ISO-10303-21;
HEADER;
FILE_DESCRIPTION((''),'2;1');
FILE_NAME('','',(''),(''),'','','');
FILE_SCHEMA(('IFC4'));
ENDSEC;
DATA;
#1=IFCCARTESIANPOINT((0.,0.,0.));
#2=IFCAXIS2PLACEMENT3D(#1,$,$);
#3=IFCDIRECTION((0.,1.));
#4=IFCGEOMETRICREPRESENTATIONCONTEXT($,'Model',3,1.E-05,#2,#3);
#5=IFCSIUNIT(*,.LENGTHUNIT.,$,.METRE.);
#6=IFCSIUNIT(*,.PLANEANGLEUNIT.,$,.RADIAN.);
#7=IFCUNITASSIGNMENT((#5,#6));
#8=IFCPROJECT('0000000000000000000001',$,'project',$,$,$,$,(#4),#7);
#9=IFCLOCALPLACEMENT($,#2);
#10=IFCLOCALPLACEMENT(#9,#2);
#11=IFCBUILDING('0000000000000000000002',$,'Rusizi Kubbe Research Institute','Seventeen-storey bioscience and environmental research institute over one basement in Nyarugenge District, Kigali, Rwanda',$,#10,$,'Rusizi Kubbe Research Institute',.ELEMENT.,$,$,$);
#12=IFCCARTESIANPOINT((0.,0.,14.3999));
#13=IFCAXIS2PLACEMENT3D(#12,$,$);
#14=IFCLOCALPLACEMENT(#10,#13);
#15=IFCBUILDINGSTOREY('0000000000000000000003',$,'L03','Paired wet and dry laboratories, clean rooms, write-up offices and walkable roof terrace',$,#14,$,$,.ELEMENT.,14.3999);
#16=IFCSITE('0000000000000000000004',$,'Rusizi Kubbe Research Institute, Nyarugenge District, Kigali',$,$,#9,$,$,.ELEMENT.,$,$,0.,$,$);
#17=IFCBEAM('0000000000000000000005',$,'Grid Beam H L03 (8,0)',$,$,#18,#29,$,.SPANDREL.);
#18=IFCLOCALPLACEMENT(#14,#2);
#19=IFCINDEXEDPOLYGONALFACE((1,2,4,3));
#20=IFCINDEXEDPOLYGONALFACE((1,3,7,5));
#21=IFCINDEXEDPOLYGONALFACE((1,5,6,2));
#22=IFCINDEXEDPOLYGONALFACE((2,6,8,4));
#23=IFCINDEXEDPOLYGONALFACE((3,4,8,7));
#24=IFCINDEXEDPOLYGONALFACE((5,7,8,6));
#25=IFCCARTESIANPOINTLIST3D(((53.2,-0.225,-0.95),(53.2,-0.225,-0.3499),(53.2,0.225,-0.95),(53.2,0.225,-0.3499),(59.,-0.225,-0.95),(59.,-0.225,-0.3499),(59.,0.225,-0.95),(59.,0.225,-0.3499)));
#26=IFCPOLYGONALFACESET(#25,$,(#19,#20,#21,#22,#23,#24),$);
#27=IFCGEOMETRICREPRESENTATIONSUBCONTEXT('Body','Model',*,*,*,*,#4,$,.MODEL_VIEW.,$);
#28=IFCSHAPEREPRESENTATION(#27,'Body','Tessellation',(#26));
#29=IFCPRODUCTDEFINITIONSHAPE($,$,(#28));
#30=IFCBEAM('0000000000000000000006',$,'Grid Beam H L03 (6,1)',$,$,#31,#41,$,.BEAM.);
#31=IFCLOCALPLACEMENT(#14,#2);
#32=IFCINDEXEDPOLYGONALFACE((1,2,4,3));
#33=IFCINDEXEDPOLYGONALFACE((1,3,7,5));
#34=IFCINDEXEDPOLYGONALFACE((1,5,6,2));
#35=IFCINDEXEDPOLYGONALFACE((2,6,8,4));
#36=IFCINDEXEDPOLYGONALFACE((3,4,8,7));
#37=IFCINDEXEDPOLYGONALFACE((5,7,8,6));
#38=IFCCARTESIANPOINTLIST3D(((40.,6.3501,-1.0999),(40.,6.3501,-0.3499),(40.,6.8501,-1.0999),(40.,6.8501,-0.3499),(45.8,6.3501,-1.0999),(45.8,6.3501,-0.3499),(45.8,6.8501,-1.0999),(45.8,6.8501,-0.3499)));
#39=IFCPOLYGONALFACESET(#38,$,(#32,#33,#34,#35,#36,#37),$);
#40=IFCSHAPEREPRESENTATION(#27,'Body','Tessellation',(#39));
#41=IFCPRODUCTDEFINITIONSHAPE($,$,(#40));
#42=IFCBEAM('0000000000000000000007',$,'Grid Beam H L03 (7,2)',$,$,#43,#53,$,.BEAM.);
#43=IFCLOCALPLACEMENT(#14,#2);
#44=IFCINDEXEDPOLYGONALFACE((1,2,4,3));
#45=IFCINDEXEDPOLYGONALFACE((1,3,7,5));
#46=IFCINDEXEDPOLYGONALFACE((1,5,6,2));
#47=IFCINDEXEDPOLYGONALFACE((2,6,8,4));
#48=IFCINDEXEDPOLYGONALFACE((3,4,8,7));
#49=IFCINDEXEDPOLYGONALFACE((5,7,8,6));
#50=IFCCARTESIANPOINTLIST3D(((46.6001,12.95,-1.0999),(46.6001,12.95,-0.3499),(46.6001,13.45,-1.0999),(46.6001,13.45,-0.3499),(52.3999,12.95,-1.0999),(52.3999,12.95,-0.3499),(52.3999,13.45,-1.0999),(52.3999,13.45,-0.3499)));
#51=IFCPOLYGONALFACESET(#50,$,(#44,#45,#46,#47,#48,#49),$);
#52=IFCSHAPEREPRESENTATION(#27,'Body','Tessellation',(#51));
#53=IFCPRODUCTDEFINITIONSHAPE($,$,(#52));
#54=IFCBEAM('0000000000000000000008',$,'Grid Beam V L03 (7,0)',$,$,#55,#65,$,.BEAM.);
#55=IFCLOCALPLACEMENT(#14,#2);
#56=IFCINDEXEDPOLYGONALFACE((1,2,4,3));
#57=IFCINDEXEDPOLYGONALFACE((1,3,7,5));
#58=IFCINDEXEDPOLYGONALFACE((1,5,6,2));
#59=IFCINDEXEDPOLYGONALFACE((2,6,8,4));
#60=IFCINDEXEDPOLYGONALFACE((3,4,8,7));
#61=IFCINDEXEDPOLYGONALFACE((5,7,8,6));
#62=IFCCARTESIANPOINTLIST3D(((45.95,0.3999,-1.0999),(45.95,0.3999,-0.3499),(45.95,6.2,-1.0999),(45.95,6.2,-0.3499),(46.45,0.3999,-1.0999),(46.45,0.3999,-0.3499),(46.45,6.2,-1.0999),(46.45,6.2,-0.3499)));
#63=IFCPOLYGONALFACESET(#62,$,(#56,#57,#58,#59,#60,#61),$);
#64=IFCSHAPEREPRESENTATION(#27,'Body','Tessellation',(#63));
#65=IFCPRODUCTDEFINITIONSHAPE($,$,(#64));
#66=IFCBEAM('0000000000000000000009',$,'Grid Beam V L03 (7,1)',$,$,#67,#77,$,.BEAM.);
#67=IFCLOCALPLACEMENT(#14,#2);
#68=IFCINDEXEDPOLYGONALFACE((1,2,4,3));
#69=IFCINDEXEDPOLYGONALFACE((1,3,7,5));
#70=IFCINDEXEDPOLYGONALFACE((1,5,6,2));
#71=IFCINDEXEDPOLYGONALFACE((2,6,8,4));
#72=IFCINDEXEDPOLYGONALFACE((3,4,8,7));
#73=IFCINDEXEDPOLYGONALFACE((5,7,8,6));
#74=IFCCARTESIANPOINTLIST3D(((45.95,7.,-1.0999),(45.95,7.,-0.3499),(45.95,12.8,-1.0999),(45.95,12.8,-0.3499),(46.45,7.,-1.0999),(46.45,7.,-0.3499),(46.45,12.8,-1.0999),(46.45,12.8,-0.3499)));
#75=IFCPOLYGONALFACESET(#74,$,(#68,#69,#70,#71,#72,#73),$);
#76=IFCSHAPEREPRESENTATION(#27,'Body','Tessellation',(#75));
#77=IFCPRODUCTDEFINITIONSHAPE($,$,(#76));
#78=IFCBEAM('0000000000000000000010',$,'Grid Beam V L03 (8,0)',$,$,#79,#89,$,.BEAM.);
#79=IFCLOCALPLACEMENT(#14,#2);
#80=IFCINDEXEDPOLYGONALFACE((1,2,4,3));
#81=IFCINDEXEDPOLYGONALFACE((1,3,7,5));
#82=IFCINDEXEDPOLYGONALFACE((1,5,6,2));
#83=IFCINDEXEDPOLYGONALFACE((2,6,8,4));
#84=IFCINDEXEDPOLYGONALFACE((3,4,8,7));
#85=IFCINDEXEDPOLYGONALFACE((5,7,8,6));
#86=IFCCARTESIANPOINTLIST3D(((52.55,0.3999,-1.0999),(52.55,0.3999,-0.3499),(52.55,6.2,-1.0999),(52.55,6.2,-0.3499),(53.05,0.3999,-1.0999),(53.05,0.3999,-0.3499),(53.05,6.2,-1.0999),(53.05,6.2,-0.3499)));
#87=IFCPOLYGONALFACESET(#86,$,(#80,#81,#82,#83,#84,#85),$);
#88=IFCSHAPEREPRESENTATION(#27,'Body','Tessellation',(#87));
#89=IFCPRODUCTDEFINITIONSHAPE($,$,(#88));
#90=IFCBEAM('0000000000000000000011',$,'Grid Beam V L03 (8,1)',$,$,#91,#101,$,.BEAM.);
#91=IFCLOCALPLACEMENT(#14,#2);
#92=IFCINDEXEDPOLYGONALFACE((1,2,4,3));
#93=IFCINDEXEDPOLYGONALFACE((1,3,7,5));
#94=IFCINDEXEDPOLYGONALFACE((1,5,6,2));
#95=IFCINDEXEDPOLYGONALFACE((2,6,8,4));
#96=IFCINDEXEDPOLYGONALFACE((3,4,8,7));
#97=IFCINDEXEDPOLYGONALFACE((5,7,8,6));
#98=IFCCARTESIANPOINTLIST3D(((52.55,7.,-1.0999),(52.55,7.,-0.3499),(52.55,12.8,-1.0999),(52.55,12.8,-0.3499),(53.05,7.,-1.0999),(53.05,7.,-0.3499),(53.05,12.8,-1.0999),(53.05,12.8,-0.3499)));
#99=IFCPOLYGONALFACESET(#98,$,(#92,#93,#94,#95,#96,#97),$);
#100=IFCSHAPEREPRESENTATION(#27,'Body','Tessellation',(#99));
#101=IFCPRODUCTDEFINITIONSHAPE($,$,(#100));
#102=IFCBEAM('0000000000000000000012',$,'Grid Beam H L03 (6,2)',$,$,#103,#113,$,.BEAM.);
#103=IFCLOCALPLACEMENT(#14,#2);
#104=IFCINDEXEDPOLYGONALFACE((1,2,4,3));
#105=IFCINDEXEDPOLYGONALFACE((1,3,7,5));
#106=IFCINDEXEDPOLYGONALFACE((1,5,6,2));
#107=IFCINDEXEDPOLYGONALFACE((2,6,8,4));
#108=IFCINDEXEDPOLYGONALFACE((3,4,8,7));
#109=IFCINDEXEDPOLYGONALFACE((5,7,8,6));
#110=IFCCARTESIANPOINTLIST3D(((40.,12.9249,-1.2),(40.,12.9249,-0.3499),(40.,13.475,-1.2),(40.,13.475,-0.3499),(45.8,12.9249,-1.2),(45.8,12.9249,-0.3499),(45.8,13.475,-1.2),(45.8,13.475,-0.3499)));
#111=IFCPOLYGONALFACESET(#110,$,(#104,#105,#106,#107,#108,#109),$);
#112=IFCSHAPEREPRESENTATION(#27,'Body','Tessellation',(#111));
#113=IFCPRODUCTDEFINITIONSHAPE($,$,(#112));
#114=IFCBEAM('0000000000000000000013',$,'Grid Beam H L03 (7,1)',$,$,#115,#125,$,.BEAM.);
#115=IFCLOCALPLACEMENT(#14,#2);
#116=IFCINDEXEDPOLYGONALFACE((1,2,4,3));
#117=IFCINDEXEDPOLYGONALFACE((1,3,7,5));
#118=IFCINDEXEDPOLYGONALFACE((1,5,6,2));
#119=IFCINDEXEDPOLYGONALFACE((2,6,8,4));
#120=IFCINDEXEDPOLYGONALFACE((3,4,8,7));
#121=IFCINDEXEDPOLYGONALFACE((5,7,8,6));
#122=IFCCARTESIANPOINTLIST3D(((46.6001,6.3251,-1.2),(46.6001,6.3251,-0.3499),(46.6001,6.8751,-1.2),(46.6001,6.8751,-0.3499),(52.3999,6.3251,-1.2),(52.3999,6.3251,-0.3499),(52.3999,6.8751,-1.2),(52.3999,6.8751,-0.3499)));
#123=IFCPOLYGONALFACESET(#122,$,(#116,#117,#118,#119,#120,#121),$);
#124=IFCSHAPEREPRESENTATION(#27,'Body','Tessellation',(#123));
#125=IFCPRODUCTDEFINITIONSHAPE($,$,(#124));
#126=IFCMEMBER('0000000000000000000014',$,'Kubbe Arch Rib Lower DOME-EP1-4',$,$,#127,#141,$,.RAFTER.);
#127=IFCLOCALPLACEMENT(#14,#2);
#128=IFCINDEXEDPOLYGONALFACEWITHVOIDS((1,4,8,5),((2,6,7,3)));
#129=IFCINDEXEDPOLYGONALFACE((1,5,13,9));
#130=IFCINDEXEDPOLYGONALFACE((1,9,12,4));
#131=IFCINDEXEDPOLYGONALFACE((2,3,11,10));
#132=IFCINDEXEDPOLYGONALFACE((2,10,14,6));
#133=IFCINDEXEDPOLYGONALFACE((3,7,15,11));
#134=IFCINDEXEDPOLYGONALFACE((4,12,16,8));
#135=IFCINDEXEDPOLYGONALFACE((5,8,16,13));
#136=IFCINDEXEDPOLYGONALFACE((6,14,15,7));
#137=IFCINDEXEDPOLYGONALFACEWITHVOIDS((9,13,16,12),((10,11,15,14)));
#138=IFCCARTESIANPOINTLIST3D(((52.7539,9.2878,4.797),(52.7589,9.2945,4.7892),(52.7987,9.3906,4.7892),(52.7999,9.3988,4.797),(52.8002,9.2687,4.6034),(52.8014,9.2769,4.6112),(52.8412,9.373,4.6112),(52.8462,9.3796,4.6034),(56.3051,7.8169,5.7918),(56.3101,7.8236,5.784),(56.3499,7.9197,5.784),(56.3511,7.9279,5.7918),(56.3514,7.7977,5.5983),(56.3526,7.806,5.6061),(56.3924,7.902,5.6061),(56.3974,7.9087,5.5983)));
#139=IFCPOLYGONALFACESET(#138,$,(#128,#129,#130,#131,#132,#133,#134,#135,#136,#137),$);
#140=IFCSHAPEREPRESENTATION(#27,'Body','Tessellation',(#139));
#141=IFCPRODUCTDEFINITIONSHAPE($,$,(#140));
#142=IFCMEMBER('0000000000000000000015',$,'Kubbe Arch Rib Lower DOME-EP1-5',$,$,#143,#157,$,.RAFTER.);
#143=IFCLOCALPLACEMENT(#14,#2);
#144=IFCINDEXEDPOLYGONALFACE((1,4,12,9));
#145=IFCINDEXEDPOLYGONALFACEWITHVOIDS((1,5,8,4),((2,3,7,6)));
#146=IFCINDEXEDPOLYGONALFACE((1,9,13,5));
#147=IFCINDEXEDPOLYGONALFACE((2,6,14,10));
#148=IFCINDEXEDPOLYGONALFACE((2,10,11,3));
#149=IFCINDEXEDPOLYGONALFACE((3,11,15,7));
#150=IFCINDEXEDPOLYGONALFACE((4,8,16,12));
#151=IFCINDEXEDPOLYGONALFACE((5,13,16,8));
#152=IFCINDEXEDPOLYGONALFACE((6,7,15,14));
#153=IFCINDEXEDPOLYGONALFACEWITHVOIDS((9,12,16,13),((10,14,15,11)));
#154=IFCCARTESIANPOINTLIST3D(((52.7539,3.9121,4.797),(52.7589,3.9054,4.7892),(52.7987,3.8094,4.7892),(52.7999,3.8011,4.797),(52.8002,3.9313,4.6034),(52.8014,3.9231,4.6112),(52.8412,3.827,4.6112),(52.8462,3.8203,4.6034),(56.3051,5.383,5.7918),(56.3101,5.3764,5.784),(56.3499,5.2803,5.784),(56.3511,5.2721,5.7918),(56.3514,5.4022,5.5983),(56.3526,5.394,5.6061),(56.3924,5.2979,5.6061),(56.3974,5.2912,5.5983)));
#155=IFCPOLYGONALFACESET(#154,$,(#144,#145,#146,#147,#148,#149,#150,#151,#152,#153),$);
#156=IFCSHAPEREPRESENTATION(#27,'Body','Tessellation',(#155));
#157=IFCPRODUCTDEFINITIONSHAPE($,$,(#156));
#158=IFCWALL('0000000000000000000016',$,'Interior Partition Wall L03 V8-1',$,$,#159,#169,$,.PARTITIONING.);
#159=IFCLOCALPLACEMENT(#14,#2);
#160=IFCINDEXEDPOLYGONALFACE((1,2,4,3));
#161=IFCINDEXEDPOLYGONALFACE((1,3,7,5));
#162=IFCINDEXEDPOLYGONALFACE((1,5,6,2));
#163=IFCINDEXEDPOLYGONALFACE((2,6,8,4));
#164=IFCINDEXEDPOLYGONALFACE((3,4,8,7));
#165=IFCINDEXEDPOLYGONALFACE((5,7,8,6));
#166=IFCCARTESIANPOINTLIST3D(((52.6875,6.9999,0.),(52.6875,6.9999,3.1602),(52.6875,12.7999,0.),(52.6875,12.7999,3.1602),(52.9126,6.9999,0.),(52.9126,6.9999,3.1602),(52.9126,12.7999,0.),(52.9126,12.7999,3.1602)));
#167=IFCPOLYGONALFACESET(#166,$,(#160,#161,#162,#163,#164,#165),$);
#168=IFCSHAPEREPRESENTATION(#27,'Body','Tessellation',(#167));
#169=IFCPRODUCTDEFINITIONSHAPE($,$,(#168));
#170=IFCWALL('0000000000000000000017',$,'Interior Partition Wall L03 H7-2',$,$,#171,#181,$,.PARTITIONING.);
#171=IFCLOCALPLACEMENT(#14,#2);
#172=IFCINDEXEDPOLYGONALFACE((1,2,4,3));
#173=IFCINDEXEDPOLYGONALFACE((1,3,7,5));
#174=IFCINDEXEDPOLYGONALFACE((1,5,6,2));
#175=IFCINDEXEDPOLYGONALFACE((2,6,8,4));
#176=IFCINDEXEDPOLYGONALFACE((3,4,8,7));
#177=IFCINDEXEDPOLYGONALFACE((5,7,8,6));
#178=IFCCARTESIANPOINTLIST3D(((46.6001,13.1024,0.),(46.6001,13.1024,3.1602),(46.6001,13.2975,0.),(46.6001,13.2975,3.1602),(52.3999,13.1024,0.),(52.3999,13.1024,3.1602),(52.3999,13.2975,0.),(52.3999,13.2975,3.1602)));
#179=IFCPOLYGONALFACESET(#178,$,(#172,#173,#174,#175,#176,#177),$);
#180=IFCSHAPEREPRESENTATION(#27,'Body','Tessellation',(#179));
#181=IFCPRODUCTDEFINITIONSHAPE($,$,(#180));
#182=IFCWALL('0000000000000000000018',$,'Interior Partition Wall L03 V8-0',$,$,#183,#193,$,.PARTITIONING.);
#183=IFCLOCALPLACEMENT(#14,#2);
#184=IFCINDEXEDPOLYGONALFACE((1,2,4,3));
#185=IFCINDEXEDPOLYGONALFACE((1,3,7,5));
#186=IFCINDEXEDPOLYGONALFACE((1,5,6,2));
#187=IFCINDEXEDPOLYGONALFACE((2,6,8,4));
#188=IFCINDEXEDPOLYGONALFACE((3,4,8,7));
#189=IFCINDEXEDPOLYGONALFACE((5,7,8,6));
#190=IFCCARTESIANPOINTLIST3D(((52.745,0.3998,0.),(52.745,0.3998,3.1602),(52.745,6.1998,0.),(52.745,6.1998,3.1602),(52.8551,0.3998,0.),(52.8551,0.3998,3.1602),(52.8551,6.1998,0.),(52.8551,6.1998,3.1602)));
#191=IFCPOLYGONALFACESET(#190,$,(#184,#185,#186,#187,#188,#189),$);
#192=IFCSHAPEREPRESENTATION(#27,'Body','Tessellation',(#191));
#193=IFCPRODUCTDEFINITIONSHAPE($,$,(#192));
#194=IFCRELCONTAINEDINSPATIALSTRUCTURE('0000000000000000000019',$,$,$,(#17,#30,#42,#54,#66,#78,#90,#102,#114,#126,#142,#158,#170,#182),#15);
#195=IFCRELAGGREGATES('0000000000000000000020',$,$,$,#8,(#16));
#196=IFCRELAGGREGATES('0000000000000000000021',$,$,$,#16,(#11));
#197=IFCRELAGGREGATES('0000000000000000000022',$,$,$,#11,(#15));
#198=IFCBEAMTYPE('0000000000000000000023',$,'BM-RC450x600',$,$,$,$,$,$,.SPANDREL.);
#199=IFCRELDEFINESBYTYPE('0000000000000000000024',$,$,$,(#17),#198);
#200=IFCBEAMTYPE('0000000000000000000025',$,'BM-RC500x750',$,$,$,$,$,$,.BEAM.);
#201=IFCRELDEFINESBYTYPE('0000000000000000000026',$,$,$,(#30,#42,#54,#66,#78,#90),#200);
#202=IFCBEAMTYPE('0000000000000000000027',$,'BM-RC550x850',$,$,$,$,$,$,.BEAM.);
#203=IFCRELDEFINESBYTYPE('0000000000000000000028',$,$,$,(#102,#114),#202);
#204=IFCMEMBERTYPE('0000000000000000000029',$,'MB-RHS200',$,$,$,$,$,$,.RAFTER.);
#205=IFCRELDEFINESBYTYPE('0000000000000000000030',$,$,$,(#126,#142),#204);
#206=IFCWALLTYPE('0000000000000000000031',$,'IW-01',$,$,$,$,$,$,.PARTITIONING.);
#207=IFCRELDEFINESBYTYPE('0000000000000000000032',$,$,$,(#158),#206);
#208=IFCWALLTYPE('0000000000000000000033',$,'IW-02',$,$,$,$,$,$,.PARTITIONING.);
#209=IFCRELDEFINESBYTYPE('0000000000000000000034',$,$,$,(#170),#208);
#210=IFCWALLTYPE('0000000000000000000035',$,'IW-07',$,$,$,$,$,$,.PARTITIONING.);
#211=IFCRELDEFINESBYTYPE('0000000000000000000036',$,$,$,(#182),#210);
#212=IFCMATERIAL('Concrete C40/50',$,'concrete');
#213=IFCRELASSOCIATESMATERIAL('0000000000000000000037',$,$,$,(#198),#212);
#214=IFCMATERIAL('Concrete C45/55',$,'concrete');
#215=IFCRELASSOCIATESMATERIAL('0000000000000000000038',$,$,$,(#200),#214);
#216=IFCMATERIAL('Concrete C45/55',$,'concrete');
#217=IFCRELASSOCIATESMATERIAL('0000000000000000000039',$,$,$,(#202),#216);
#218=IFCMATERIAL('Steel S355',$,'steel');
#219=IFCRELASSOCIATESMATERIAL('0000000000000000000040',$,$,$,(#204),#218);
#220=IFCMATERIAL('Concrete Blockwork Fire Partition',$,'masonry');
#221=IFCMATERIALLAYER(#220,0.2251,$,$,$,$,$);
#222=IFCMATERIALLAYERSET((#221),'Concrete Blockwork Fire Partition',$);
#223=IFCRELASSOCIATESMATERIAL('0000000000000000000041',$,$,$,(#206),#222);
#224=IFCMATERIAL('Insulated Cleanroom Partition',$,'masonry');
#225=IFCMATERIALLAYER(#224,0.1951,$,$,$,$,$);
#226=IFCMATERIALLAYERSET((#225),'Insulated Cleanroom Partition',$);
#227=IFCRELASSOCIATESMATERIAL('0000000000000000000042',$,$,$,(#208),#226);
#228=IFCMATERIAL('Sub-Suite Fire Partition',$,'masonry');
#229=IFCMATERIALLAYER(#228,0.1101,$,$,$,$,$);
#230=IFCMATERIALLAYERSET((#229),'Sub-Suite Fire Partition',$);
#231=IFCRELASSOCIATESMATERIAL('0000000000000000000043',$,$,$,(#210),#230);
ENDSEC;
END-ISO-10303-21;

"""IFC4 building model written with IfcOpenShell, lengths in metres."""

from ifc_helpers import new_model, si_unit, direction, frame, frame_2d, origin, origin_2d, place, context, subcontext, project, spatial, rectangle, hollow_rectangle, extrude, material, layer, layer_set, material_profile, profile_set, type_object, element, save


model = new_model("IFC4")

# Units and contexts
model_context = context("Model", 3, precision=1e-05, world=origin(), true_north=direction((0.0, 1.0)))
body_context = subcontext(model_context, "Body", "Model", "MODEL_VIEW")
ifc_project = project(units=[si_unit("LENGTHUNIT", "METRE"), si_unit("PLANEANGLEUNIT", "RADIAN")], contexts=[model_context])

# Site, building, storey
site_placement = place(None, origin())
site = spatial("IfcSite", under=ifc_project, at=site_placement, Name="Rusizi Kubbe Research Institute, Nyarugenge District, Kigali", CompositionType="ELEMENT", RefElevation=0.0)
building_placement = place(site_placement, origin())
building = spatial("IfcBuilding", under=site, at=building_placement, Name="Rusizi Kubbe Research Institute", Description="Seventeen-storey bioscience and environmental research institute over one basement in Nyarugenge District, Kigali, Rwanda", LongName="Rusizi Kubbe Research Institute", CompositionType="ELEMENT")
storey_placement = place(building_placement, frame((0.0, 0.0, 14.3999)))
storey = spatial("IfcBuildingStorey", under=building, at=storey_placement, Name="L03", Description="Paired wet and dry laboratories, clean rooms, write-up offices and walkable roof terrace", CompositionType="ELEMENT", Elevation=14.3999)

# Beams
ifc_material_1 = material(Name="Concrete C40/50", Category="concrete")
ifc_material_profile_1 = material_profile(ifc_material_1, rectangle(XDim=0.45, YDim=0.6001, at=origin_2d()), Name="RC450x600")
ifc_profile_set_1 = profile_set([ifc_material_profile_1], Name="Concrete C40/50")
beam_type_1 = type_object("IfcBeamType", Name="BM-RC450x600", PredefinedType="SPANDREL", material=ifc_profile_set_1)
beam_1_placement = place(storey_placement, frame((53.2, 0.0, -0.6499), z_axis=(1.0, 0.0, 0.0), x_axis=(0.0, 1.0, 0.0)))
element("IfcBeam", 1, at=beam_1_placement, inside=storey, type_object=beam_type_1, Name="Grid Beam H L03 (8,0)", PredefinedType="SPANDREL", context=body_context, shape_type="SweptSolid", body=[
    extrude(rectangle(XDim=0.45, YDim=0.6001, at=origin_2d()), origin(), (0.0, 0.0, 1.0), 5.8),
])
ifc_material_2 = material(Name="Concrete C45/55", Category="concrete")
ifc_material_profile_2 = material_profile(ifc_material_2, rectangle(XDim=0.5, YDim=0.75, at=origin_2d()), Name="RC500x750B")
ifc_profile_set_2 = profile_set([ifc_material_profile_2], Name="Concrete C45/55")
beam_type_2 = type_object("IfcBeamType", Name="BM-RC500x750", PredefinedType="BEAM", material=ifc_profile_set_2)
beam_2_placement = place(storey_placement, frame((40.0, 6.6001, -0.7249), z_axis=(1.0, 0.0, 0.0), x_axis=(0.0, 1.0, 0.0)))
element("IfcBeam", 2, at=beam_2_placement, inside=storey, type_object=beam_type_2, Name="Grid Beam H L03 (6,1)", PredefinedType="BEAM", context=body_context, shape_type="SweptSolid", body=[
    extrude(rectangle(XDim=0.5, YDim=0.75, at=origin_2d()), origin(), (0.0, 0.0, 1.0), 5.8),
])
beam_3_placement = place(storey_placement, frame((46.6001, 13.2, -0.7249), z_axis=(1.0, 0.0, 0.0), x_axis=(0.0, 1.0, 0.0)))
element("IfcBeam", 3, at=beam_3_placement, inside=storey, type_object=beam_type_2, Name="Grid Beam H L03 (7,2)", PredefinedType="BEAM", context=body_context, shape_type="SweptSolid", body=[
    extrude(rectangle(XDim=0.5, YDim=0.75, at=origin_2d()), origin(), (0.0, 0.0, 1.0), 5.7998),
])
for number, where, z_axis, x_axis, name in (
    (4, (46.2, 0.3999, -0.7249), (0.0, 1.0, 0.0), (-1.0, 0.0, 0.0), "Grid Beam V L03 (7,0)"),
    (5, (46.2, 7.0, -0.7249), (0.0, 1.0, 0.0), (-1.0, 0.0, 0.0), "Grid Beam V L03 (7,1)"),
    (6, (52.8, 0.3999, -0.7249), (0.0, 1.0, 0.0), (-1.0, 0.0, 0.0), "Grid Beam V L03 (8,0)"),
    (7, (52.8, 7.0, -0.7249), (0.0, 1.0, 0.0), (-1.0, 0.0, 0.0), "Grid Beam V L03 (8,1)"),
):
    element("IfcBeam", number, at=place(storey_placement, frame(where, z_axis=z_axis, x_axis=x_axis)), inside=storey, type_object=beam_type_2, Name=name, PredefinedType="BEAM", context=body_context, shape_type="SweptSolid", body=[
        extrude(rectangle(XDim=0.5, YDim=0.75, at=origin_2d()), origin(), (0.0, 0.0, 1.0), 5.8),
    ])
ifc_material_3 = material(Name="Concrete C45/55", Category="concrete")
ifc_material_profile_3 = material_profile(ifc_material_3, rectangle(XDim=0.55, YDim=0.8501, at=origin_2d()), Name="RC550x850")
ifc_profile_set_3 = profile_set([ifc_material_profile_3], Name="Concrete C45/55")
beam_type_3 = type_object("IfcBeamType", Name="BM-RC550x850", PredefinedType="BEAM", material=ifc_profile_set_3)
beam_4_placement = place(storey_placement, frame((40.0, 13.2, -0.7749), z_axis=(1.0, 0.0, 0.0), x_axis=(0.0, 1.0, 0.0)))
element("IfcBeam", 8, at=beam_4_placement, inside=storey, type_object=beam_type_3, Name="Grid Beam H L03 (6,2)", PredefinedType="BEAM", context=body_context, shape_type="SweptSolid", body=[
    extrude(rectangle(XDim=0.55, YDim=0.8501, at=origin_2d()), origin(), (0.0, 0.0, 1.0), 5.8),
])
beam_5_placement = place(storey_placement, frame((46.6001, 6.6001, -0.7749), z_axis=(1.0, 0.0, 0.0), x_axis=(0.0, 1.0, 0.0)))
element("IfcBeam", 9, at=beam_5_placement, inside=storey, type_object=beam_type_3, Name="Grid Beam H L03 (7,1)", PredefinedType="BEAM", context=body_context, shape_type="SweptSolid", body=[
    extrude(rectangle(XDim=0.55, YDim=0.8501, at=origin_2d()), origin(), (0.0, 0.0, 1.0), 5.7998),
])

# Members
ifc_material_4 = material(Name="Steel S355", Category="steel")
ifc_material_profile_4 = material_profile(ifc_material_4, hollow_rectangle(XDim=0.1201, YDim=0.2, WallThickness=0.0081, at=origin_2d()), Name="RHS 200x120x8.0")
ifc_profile_set_4 = profile_set([ifc_material_profile_4], Name="Steel S355")
member_type = type_object("IfcMemberType", Name="MB-RHS200", PredefinedType="RAFTER", material=ifc_profile_set_4)
for number, where, z_axis, x_axis, name in (
    (10, (52.8, 9.3337, 4.7002), (0.894411, -0.370468, 0.250565), (0.382675, 0.923883, 0.0), "Kubbe Arch Rib Lower DOME-EP1-4"),
    (11, (52.8, 3.8662, 4.7002), (0.894411, 0.370468, 0.250565), (-0.382675, 0.923883, 0.0), "Kubbe Arch Rib Lower DOME-EP1-5"),
):
    element("IfcMember", number, at=place(storey_placement, frame(where, z_axis=z_axis, x_axis=x_axis)), inside=storey, type_object=member_type, Name=name, PredefinedType="RAFTER", context=body_context, shape_type="SweptSolid", body=[
        extrude(hollow_rectangle(XDim=0.1201, YDim=0.2, WallThickness=0.0081, at=origin_2d()), origin(), (0.0, 0.0, 1.0), 3.9705),
    ])

# Walls
ifc_material_5 = material(Name="Concrete Blockwork Fire Partition", Category="masonry")
ifc_layer_1 = layer(ifc_material_5, 0.2251)
ifc_layer_set_1 = layer_set([ifc_layer_1], Name="Concrete Blockwork Fire Partition")
wall_type_1 = type_object("IfcWallType", Name="IW-01", PredefinedType="PARTITIONING", material=ifc_layer_set_1)
wall_1_placement = place(storey_placement, frame((52.8, 7.0, 0.0), z_axis=(0.0, 0.0, 1.0), x_axis=(0.0, 1.0, 0.0)))
element("IfcWall", 12, at=wall_1_placement, inside=storey, type_object=wall_type_1, Name="Interior Partition Wall L03 V8-1", PredefinedType="PARTITIONING", context=body_context, shape_type="SweptSolid", body=[
    extrude(rectangle(XDim=5.8, YDim=0.2251, at=frame_2d((2.8999, 0.0))), origin(), (0.0, 0.0, 1.0), 3.1602),
])
ifc_material_6 = material(Name="Insulated Cleanroom Partition", Category="masonry")
ifc_layer_2 = layer(ifc_material_6, 0.1951)
ifc_layer_set_2 = layer_set([ifc_layer_2], Name="Insulated Cleanroom Partition")
wall_type_2 = type_object("IfcWallType", Name="IW-02", PredefinedType="PARTITIONING", material=ifc_layer_set_2)
wall_2_placement = place(storey_placement, frame((46.6001, 13.2, 0.0), z_axis=(0.0, 0.0, 1.0), x_axis=(1.0, 0.0, 0.0)))
element("IfcWall", 13, at=wall_2_placement, inside=storey, type_object=wall_type_2, Name="Interior Partition Wall L03 H7-2", PredefinedType="PARTITIONING", context=body_context, shape_type="SweptSolid", body=[
    extrude(rectangle(XDim=5.7998, YDim=0.1951, at=frame_2d((2.8999, 0.0))), origin(), (0.0, 0.0, 1.0), 3.1602),
])
ifc_material_7 = material(Name="Sub-Suite Fire Partition", Category="masonry")
ifc_layer_3 = layer(ifc_material_7, 0.1101)
ifc_layer_set_3 = layer_set([ifc_layer_3], Name="Sub-Suite Fire Partition")
wall_type_3 = type_object("IfcWallType", Name="IW-07", PredefinedType="PARTITIONING", material=ifc_layer_set_3)
wall_3_placement = place(storey_placement, frame((52.8, 0.3999, 0.0), z_axis=(0.0, 0.0, 1.0), x_axis=(0.0, 1.0, 0.0)))
element("IfcWall", 14, at=wall_3_placement, inside=storey, type_object=wall_type_3, Name="Interior Partition Wall L03 V8-0", PredefinedType="PARTITIONING", context=body_context, shape_type="SweptSolid", body=[
    extrude(rectangle(XDim=5.8, YDim=0.1101, at=frame_2d((2.8999, 0.0))), origin(), (0.0, 0.0, 1.0), 3.1602),
])

save(model, "model.ifc")
